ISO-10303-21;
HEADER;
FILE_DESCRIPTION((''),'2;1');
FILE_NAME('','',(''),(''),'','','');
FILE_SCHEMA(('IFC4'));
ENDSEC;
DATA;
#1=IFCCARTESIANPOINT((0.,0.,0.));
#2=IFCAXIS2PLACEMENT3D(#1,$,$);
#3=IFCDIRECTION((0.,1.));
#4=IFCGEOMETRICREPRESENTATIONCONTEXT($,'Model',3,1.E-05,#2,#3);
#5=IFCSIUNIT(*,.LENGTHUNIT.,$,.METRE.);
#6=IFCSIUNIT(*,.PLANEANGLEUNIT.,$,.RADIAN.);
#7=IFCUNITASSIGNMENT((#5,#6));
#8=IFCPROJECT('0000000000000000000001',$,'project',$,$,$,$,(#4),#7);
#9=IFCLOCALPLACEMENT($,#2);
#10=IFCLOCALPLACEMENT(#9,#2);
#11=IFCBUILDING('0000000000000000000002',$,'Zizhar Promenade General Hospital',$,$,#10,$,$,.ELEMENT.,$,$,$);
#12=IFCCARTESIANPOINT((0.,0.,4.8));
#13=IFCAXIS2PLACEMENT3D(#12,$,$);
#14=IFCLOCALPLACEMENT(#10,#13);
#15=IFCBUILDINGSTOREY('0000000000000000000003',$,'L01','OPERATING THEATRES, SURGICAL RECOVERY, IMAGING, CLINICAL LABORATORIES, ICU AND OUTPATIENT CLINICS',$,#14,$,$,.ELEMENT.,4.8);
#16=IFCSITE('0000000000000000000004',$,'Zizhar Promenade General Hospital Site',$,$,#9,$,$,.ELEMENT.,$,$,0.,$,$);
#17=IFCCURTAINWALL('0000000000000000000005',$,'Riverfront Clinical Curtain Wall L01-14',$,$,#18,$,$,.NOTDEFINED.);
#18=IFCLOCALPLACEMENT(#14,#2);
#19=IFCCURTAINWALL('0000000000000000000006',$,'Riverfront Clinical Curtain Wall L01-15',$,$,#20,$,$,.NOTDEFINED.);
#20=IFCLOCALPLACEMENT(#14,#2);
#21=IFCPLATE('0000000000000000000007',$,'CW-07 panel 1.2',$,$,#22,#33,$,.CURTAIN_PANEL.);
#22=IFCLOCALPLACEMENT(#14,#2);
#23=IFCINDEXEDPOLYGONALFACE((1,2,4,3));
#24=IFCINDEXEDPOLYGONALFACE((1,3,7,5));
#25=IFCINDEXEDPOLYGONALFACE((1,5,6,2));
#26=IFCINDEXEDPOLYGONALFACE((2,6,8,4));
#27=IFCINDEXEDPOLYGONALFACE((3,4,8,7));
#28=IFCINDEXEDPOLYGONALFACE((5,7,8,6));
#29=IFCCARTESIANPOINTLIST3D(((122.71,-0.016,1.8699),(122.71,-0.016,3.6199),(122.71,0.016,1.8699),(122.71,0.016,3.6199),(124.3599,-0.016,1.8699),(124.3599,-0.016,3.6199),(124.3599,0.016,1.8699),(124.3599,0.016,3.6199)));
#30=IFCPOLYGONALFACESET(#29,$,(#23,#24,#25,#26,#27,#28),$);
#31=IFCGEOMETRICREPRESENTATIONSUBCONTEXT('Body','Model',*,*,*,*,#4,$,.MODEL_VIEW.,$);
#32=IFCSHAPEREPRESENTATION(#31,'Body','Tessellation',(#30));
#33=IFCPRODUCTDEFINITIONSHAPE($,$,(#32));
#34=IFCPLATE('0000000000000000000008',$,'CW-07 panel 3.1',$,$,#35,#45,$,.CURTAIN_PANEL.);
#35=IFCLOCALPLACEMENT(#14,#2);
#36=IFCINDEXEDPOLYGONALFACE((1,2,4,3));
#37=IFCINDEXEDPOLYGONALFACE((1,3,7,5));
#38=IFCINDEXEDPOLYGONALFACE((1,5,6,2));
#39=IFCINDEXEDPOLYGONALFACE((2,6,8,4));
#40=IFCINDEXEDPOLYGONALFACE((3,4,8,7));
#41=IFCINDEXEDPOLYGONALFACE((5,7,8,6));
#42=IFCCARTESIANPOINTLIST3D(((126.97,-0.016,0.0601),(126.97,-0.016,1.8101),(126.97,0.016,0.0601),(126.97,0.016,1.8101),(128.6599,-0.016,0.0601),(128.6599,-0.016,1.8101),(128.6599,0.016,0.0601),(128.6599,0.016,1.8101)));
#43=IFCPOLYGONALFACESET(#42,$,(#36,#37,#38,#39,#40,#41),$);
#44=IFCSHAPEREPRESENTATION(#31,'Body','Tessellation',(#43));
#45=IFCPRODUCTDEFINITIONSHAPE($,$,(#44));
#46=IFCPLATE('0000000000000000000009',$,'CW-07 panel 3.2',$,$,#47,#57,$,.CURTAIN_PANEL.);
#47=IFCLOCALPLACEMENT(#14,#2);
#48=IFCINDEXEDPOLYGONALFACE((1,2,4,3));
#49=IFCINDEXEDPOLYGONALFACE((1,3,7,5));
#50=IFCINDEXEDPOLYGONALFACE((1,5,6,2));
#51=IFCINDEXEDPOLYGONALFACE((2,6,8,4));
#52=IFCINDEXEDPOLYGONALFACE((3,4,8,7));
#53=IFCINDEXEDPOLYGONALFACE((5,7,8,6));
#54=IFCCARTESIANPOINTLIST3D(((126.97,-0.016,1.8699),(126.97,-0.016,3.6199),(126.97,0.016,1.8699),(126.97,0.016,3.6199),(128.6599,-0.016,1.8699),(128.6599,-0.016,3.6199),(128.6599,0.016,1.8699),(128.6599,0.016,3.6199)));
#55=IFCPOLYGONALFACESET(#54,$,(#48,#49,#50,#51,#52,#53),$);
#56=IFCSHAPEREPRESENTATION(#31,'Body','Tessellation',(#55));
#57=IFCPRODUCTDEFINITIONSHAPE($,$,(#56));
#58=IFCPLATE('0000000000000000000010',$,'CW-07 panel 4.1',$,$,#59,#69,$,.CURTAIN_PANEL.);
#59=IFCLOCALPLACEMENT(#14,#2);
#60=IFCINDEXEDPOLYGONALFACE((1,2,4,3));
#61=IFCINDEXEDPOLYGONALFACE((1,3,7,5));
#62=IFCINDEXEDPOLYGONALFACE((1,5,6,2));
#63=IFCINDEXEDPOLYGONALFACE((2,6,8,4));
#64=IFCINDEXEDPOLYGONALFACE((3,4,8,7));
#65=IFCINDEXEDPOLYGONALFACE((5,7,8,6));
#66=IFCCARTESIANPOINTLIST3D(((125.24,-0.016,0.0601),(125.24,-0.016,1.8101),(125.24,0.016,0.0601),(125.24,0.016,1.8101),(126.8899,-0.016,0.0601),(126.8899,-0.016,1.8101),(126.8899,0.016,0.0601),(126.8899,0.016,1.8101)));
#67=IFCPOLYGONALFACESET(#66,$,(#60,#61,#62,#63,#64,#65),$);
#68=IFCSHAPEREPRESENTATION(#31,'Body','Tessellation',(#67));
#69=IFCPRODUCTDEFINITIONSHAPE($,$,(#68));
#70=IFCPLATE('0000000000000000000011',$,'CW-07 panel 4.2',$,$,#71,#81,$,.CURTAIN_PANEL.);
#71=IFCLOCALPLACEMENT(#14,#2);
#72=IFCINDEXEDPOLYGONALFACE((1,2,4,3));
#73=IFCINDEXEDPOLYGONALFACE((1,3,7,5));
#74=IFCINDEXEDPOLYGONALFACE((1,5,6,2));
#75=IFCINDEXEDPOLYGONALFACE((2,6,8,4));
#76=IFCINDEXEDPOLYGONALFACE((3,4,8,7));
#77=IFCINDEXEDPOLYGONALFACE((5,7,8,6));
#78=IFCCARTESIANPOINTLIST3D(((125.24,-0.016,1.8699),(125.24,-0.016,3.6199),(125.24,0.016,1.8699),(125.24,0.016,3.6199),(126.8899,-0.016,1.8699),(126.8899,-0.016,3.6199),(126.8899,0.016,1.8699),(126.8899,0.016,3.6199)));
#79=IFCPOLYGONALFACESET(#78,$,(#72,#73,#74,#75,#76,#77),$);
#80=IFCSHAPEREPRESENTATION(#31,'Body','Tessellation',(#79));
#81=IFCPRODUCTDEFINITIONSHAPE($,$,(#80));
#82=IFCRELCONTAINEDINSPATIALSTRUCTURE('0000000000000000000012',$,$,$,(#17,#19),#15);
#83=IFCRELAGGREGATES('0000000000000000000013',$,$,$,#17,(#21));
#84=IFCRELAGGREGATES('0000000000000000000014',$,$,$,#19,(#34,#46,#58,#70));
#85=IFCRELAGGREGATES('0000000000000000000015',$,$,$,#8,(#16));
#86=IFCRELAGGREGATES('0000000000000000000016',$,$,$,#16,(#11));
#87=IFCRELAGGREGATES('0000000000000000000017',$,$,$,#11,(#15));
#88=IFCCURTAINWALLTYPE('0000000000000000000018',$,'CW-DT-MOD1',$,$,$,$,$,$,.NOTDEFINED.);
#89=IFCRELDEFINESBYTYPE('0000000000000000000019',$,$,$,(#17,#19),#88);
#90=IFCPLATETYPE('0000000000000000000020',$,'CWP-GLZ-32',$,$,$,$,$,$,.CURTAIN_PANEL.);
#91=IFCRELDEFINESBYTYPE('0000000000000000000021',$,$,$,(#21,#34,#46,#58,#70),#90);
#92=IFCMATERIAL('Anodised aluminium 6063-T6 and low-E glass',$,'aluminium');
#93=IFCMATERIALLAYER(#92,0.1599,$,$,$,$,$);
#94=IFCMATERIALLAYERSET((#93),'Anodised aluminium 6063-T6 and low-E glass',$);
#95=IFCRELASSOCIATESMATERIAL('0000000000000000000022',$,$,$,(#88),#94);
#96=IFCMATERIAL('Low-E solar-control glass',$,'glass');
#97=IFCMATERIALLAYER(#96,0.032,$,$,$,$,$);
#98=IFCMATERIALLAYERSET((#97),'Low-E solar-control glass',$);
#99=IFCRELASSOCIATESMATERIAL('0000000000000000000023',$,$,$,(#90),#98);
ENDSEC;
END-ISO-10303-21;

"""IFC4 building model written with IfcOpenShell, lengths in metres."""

from ifc_helpers import new_model, si_unit, direction, frame, origin, origin_2d, place, context, subcontext, project, spatial, rectangle, extrude, material, layer, layer_set, type_object, element, aggregate, save


model = new_model("IFC4")

# Units and contexts
model_context = context("Model", 3, precision=1e-05, world=origin(), true_north=direction((0.0, 1.0)))
body_context = subcontext(model_context, "Body", "Model", "MODEL_VIEW")
ifc_project = project(units=[si_unit("LENGTHUNIT", "METRE"), si_unit("PLANEANGLEUNIT", "RADIAN")], contexts=[model_context])

# Site, building, storey
site_placement = place(None, origin())
site = spatial("IfcSite", under=ifc_project, at=site_placement, Name="Zizhar Promenade General Hospital Site", CompositionType="ELEMENT", RefElevation=0.0)
building_placement = place(site_placement, origin())
building = spatial("IfcBuilding", under=site, at=building_placement, Name="Zizhar Promenade General Hospital", CompositionType="ELEMENT")
storey_placement = place(building_placement, frame((0.0, 0.0, 4.8)))
storey = spatial("IfcBuildingStorey", under=building, at=storey_placement, Name="L01", Description="OPERATING THEATRES, SURGICAL RECOVERY, IMAGING, CLINICAL LABORATORIES, ICU AND OUTPATIENT CLINICS", CompositionType="ELEMENT", Elevation=4.8)

# Curtain walls
ifc_material_1 = material(Name="Anodised aluminium 6063-T6 and low-E glass", Category="aluminium")
ifc_layer_1 = layer(ifc_material_1, 0.1599)
ifc_layer_set_1 = layer_set([ifc_layer_1], Name="Anodised aluminium 6063-T6 and low-E glass")
curtain_wall_type = type_object("IfcCurtainWallType", Name="CW-DT-MOD1", PredefinedType="NOTDEFINED", material=ifc_layer_set_1)
curtain_wall_1_placement = place(storey_placement, origin())
curtain_wall_1 = element("IfcCurtainWall", 1, at=curtain_wall_1_placement, inside=storey, type_object=curtain_wall_type, Name="Riverfront Clinical Curtain Wall L01-14", PredefinedType="NOTDEFINED")
curtain_wall_2_placement = place(storey_placement, origin())
curtain_wall_2 = element("IfcCurtainWall", 2, at=curtain_wall_2_placement, inside=storey, type_object=curtain_wall_type, Name="Riverfront Clinical Curtain Wall L01-15", PredefinedType="NOTDEFINED")

# Plates
ifc_material_2 = material(Name="Low-E solar-control glass", Category="glass")
ifc_layer_2 = layer(ifc_material_2, 0.032)
ifc_layer_set_2 = layer_set([ifc_layer_2], Name="Low-E solar-control glass")
plate_type = type_object("IfcPlateType", Name="CWP-GLZ-32", PredefinedType="CURTAIN_PANEL", material=ifc_layer_set_2)
plate_1_placement = place(storey_placement, frame((123.5349, 0.0, 1.8699), z_axis=(0.0, 0.0, 1.0), x_axis=(-1.0, 0.0, 0.0)))
plate_1 = element("IfcPlate", 3, at=plate_1_placement, type_object=plate_type, Name="CW-07 panel 1.2", PredefinedType="CURTAIN_PANEL", context=body_context, shape_type="SweptSolid", body=[
    extrude(rectangle(XDim=1.6499, YDim=0.032, at=origin_2d()), origin(), (0.0, 0.0, 1.0), 1.75),
])
aggregate(curtain_wall_1, [plate_1])
plate_2_placement = place(storey_placement, frame((127.8149, 0.0, 0.0601), z_axis=(0.0, 0.0, 1.0), x_axis=(-1.0, 0.0, 0.0)))
plate_2 = element("IfcPlate", 4, at=plate_2_placement, type_object=plate_type, Name="CW-07 panel 3.1", PredefinedType="CURTAIN_PANEL", context=body_context, shape_type="SweptSolid", body=[
    extrude(rectangle(XDim=1.6899, YDim=0.032, at=origin_2d()), origin(), (0.0, 0.0, 1.0), 1.75),
])
plate_3_placement = place(storey_placement, frame((127.8149, 0.0, 1.8699), z_axis=(0.0, 0.0, 1.0), x_axis=(-1.0, 0.0, 0.0)))
plate_3 = element("IfcPlate", 5, at=plate_3_placement, type_object=plate_type, Name="CW-07 panel 3.2", PredefinedType="CURTAIN_PANEL", context=body_context, shape_type="SweptSolid", body=[
    extrude(rectangle(XDim=1.6899, YDim=0.032, at=origin_2d()), origin(), (0.0, 0.0, 1.0), 1.75),
])
plate_4_placement = place(storey_placement, frame((126.0649, 0.0, 0.0601), z_axis=(0.0, 0.0, 1.0), x_axis=(-1.0, 0.0, 0.0)))
plate_4 = element("IfcPlate", 6, at=plate_4_placement, type_object=plate_type, Name="CW-07 panel 4.1", PredefinedType="CURTAIN_PANEL", context=body_context, shape_type="SweptSolid", body=[
    extrude(rectangle(XDim=1.6499, YDim=0.032, at=origin_2d()), origin(), (0.0, 0.0, 1.0), 1.75),
])
plate_5_placement = place(storey_placement, frame((126.0649, 0.0, 1.8699), z_axis=(0.0, 0.0, 1.0), x_axis=(-1.0, 0.0, 0.0)))
plate_5 = element("IfcPlate", 7, at=plate_5_placement, type_object=plate_type, Name="CW-07 panel 4.2", PredefinedType="CURTAIN_PANEL", context=body_context, shape_type="SweptSolid", body=[
    extrude(rectangle(XDim=1.6499, YDim=0.032, at=origin_2d()), origin(), (0.0, 0.0, 1.0), 1.75),
])
aggregate(curtain_wall_2, [plate_2, plate_3, plate_4, plate_5])

save(model, "model.ifc")
